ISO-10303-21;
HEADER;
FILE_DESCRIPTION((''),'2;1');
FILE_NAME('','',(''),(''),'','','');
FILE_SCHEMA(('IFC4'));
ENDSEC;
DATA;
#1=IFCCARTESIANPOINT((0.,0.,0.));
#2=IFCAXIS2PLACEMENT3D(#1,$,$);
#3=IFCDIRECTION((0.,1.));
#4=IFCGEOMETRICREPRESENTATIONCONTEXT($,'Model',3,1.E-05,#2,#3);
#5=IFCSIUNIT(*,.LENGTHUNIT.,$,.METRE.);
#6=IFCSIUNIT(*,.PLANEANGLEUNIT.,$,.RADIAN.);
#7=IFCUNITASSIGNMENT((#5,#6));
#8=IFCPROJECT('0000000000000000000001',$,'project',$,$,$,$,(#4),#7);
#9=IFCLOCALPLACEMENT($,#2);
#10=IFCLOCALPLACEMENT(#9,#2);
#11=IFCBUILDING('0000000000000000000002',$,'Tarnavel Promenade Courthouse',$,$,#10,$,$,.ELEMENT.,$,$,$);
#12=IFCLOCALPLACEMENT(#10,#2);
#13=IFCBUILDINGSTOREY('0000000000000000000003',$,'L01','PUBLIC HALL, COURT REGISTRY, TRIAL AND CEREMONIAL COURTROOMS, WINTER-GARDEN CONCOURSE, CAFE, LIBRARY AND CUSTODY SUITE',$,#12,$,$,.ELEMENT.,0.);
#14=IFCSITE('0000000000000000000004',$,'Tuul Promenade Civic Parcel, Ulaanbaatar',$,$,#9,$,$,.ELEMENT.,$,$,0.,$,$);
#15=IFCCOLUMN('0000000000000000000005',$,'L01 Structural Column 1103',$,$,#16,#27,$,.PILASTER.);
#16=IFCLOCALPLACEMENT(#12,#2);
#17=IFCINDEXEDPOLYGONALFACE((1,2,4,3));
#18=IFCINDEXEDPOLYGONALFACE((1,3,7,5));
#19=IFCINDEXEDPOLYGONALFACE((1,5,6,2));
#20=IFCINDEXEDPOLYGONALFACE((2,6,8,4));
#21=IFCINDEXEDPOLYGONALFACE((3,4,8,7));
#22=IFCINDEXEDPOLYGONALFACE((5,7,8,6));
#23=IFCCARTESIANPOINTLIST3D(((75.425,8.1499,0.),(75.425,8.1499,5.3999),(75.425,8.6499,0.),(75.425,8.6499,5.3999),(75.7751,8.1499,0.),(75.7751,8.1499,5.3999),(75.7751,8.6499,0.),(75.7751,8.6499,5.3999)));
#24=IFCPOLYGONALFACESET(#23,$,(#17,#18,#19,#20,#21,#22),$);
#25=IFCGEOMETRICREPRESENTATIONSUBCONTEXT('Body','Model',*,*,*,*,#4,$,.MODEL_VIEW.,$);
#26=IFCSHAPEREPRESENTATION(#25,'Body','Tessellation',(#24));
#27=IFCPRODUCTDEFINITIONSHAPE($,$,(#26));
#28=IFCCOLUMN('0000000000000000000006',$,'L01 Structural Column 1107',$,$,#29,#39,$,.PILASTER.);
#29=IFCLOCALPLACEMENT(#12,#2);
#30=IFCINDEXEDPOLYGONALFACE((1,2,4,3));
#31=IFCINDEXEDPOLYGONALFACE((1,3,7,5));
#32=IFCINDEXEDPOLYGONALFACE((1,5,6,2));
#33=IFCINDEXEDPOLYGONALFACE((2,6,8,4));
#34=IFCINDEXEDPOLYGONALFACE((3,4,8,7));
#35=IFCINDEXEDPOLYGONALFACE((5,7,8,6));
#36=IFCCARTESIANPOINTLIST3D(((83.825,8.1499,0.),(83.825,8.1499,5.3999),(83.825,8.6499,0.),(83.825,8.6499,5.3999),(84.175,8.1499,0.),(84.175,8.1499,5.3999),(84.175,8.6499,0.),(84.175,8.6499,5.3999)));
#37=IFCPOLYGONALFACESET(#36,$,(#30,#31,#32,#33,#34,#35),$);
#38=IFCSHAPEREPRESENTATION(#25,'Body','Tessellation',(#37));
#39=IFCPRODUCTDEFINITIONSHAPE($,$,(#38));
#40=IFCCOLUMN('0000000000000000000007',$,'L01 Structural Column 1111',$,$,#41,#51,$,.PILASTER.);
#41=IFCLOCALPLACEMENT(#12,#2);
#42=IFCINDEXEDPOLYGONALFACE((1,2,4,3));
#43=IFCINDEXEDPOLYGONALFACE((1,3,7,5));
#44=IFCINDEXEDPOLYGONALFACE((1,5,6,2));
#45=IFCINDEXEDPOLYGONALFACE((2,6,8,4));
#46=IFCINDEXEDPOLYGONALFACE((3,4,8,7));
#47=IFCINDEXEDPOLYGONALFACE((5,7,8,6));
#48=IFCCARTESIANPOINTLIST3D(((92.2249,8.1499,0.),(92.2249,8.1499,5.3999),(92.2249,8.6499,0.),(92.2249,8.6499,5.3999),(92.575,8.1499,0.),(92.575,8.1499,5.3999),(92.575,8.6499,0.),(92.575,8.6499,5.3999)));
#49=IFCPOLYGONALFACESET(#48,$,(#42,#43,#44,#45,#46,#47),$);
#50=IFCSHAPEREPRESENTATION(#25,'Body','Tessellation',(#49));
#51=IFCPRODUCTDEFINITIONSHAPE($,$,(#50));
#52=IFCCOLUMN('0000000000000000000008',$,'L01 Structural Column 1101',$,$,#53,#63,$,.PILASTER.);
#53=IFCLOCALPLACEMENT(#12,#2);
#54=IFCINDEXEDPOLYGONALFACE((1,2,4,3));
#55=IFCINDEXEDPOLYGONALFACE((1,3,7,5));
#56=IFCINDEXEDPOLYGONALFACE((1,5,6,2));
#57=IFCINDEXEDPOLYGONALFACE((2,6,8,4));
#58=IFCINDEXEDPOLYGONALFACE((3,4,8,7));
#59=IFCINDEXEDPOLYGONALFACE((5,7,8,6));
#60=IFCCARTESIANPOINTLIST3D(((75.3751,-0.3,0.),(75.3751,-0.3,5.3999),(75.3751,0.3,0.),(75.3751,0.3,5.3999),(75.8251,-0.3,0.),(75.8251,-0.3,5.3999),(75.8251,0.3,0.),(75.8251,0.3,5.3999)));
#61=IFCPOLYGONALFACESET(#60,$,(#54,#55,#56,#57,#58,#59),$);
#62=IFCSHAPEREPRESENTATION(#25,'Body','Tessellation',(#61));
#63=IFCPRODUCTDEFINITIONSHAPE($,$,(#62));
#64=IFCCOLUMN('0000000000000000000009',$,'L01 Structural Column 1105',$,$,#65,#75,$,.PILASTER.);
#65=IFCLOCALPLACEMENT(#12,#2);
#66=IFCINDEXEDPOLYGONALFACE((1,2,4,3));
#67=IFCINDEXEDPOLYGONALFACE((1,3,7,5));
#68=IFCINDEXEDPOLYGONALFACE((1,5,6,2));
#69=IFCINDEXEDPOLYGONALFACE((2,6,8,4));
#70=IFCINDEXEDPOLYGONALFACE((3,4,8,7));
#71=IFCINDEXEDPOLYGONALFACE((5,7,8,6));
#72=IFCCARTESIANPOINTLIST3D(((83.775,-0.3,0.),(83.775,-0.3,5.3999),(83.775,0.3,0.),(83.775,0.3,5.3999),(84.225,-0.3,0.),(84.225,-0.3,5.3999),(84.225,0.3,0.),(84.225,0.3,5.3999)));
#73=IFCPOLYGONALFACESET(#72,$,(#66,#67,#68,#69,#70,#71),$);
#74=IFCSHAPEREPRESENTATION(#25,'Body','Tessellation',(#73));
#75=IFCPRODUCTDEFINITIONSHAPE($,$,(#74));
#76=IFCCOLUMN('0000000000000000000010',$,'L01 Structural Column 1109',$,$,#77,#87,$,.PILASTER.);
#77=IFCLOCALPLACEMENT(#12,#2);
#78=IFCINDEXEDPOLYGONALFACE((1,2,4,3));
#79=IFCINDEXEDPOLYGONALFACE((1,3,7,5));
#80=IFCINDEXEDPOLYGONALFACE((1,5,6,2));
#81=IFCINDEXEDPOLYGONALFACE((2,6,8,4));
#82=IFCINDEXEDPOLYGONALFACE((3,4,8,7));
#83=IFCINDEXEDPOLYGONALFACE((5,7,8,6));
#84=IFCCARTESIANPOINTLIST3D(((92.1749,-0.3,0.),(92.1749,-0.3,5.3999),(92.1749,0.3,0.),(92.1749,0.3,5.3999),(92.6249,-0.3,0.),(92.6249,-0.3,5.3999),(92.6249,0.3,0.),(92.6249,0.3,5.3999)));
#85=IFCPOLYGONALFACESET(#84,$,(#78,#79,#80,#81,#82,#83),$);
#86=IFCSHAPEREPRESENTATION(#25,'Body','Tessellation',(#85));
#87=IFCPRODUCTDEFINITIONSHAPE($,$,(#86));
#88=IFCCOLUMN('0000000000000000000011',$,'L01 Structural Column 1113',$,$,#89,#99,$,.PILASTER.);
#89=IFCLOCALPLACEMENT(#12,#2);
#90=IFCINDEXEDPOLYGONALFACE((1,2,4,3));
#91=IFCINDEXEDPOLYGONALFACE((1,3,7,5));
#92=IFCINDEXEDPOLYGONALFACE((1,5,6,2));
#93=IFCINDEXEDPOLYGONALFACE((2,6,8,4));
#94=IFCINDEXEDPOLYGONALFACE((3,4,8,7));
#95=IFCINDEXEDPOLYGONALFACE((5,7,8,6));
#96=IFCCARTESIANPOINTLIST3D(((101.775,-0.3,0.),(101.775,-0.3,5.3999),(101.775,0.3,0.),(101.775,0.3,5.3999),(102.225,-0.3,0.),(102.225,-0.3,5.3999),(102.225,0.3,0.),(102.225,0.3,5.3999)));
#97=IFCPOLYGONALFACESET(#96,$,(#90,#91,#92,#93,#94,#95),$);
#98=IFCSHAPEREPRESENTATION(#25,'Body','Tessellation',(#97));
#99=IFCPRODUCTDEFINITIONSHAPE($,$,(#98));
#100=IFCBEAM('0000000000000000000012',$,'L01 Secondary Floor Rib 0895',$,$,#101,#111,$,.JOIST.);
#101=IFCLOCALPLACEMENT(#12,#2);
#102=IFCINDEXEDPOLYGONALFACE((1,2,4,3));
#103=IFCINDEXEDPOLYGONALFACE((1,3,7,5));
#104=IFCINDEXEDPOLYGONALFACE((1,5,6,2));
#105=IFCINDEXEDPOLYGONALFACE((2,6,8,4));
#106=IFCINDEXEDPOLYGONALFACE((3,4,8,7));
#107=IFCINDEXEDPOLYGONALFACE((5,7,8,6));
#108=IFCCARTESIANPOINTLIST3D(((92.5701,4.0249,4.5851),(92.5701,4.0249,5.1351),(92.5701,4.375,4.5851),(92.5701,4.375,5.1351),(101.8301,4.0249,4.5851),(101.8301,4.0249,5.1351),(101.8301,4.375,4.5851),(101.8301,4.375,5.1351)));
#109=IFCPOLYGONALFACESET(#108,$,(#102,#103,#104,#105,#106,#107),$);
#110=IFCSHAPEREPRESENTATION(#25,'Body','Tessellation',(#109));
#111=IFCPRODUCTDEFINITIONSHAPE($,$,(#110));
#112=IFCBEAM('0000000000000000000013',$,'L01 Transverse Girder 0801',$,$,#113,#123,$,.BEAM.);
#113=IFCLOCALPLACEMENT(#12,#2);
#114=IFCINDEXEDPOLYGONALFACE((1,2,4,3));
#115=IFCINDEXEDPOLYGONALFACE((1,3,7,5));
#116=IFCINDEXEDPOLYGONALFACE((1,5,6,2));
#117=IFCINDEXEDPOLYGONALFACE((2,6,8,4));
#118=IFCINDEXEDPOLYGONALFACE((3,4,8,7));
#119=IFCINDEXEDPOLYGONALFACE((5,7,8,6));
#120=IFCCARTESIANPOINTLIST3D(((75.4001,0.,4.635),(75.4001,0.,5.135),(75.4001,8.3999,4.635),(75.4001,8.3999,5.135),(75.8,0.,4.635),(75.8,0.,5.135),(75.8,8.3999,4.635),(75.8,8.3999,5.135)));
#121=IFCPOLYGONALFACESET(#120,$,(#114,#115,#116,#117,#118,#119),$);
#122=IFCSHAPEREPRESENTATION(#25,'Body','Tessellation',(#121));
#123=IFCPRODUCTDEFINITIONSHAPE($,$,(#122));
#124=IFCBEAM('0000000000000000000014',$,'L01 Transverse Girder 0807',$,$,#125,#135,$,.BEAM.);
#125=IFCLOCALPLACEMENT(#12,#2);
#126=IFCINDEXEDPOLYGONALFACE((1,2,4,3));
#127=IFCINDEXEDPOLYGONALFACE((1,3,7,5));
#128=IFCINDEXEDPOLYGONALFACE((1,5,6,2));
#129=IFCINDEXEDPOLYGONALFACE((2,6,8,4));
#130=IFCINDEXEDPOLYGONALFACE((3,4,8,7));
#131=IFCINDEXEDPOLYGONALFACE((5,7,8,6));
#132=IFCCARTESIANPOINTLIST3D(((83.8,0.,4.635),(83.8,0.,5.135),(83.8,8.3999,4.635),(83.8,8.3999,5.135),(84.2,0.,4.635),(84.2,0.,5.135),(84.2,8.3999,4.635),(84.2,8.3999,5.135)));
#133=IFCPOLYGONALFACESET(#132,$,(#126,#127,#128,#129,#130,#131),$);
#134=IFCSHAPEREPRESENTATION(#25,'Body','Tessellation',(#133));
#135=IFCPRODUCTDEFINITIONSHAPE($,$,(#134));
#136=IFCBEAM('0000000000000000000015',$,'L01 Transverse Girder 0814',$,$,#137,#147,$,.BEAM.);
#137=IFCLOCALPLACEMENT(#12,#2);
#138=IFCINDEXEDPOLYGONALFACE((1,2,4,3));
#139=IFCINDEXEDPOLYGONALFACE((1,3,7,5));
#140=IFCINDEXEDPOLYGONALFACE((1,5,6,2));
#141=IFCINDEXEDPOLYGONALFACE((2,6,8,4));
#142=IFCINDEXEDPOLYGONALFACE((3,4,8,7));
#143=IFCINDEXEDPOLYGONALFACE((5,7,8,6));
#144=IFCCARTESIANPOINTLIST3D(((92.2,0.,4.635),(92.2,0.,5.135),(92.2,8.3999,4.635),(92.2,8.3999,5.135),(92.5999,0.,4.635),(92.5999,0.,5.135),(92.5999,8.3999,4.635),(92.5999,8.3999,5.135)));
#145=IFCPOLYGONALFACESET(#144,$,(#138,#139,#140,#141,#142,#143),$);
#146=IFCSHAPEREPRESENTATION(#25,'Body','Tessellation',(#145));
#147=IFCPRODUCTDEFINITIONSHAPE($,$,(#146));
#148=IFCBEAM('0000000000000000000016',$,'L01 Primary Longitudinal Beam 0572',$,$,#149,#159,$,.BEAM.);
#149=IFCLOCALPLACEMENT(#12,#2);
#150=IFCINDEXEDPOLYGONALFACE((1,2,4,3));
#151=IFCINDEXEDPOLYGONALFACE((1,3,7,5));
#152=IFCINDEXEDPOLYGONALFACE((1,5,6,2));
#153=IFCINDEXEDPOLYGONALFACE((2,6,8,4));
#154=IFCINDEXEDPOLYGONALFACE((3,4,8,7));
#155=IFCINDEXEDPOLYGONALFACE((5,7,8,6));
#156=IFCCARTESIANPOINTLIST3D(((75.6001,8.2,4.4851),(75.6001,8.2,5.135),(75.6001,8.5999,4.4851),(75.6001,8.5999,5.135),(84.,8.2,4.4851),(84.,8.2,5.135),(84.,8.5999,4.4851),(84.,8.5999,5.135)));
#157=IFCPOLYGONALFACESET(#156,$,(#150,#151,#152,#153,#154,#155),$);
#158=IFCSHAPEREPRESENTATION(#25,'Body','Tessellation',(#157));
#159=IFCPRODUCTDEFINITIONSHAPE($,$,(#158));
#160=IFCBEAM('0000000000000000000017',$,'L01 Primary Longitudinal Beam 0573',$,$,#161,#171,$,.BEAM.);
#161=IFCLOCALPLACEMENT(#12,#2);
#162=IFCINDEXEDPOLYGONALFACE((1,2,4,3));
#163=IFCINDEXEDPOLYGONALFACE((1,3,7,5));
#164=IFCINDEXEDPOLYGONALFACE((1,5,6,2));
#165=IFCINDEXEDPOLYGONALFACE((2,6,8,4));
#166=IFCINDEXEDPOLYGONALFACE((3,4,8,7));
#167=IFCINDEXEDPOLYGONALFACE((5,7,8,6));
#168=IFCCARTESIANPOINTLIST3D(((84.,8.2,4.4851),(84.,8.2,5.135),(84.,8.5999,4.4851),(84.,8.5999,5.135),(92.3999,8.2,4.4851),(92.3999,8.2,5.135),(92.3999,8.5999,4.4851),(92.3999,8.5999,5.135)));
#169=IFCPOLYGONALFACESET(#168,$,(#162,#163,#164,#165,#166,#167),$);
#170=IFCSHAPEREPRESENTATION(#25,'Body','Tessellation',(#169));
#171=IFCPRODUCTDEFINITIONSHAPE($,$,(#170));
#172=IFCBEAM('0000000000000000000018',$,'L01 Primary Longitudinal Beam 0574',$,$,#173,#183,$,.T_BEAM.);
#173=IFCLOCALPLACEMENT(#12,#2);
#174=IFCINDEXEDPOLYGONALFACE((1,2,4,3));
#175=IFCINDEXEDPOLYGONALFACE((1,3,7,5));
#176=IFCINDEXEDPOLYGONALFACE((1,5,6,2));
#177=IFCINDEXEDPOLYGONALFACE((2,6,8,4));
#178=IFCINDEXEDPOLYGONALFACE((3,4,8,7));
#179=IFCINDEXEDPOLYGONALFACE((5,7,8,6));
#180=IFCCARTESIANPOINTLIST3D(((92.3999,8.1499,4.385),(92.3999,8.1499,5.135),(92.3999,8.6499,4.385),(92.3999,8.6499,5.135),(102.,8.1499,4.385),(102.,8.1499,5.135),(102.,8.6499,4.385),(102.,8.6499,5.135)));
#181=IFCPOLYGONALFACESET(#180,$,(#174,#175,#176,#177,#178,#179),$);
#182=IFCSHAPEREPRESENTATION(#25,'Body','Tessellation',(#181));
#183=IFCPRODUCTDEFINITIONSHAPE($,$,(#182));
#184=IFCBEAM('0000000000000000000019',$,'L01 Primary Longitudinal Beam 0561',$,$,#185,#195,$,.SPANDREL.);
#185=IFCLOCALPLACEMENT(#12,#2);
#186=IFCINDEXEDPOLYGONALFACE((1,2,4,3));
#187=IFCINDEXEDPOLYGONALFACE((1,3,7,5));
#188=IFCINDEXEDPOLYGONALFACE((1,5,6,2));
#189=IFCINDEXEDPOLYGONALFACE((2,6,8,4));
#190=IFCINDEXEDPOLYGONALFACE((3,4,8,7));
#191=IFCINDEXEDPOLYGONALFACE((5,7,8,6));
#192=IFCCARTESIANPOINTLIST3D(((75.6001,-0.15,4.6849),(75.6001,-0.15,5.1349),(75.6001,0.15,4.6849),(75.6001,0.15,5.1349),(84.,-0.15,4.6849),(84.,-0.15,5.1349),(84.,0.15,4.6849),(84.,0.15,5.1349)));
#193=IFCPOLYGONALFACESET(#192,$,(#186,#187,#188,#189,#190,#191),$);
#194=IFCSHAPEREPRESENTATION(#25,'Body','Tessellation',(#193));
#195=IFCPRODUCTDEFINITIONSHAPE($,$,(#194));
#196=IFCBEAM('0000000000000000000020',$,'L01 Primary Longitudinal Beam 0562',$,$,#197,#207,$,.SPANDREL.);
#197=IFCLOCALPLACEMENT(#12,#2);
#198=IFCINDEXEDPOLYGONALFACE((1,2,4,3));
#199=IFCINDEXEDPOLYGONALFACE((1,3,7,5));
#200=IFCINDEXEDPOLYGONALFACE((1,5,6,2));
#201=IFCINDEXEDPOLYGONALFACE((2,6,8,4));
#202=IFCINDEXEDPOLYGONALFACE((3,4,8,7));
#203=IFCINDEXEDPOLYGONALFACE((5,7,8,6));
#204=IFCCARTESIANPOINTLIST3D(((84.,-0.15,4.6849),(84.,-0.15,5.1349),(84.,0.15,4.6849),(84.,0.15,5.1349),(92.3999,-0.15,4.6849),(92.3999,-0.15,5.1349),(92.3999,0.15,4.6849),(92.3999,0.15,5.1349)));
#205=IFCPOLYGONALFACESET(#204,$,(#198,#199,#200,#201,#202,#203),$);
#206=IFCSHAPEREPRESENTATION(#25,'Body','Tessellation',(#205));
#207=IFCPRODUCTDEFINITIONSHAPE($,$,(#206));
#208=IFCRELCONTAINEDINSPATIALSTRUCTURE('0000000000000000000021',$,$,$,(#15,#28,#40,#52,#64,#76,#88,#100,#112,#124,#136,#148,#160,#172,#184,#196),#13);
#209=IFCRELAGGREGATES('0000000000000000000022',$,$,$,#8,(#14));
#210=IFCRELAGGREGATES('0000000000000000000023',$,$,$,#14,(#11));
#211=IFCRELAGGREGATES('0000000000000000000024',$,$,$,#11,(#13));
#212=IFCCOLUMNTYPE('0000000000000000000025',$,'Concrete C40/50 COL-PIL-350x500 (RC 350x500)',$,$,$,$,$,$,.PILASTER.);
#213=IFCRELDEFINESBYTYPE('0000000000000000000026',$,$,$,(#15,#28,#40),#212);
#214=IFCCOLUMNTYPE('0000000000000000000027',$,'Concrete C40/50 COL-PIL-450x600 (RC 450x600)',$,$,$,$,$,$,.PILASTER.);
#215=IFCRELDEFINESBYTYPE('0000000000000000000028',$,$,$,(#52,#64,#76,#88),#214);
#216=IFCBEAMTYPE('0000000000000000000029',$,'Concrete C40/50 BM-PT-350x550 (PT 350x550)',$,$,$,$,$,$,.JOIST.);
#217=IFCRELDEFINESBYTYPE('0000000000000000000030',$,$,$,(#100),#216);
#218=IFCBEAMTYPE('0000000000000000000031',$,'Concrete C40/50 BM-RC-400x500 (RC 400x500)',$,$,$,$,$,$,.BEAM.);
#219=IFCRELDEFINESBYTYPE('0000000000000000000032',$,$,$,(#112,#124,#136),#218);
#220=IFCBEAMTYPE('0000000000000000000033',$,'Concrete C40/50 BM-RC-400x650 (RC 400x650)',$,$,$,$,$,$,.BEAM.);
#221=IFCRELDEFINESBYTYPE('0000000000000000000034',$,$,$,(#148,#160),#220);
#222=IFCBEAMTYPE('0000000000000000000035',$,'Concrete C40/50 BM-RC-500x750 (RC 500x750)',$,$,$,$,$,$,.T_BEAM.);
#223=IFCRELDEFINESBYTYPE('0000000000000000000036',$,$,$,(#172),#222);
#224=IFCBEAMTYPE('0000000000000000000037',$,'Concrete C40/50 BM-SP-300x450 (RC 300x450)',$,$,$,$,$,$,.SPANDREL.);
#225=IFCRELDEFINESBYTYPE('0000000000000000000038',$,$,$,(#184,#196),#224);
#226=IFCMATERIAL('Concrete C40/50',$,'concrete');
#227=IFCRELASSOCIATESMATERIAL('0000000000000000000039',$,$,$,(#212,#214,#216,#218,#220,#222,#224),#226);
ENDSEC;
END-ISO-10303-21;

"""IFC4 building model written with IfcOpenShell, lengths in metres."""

from ifc_helpers import new_model, si_unit, direction, frame, origin, origin_2d, place, context, subcontext, project, spatial, rectangle, extrude, material, material_profile, profile_set, type_object, element, save


model = new_model("IFC4")

# Units and contexts
model_context = context("Model", 3, precision=1e-05, world=origin(), true_north=direction((0.0, 1.0)))
body_context = subcontext(model_context, "Body", "Model", "MODEL_VIEW")
ifc_project = project(units=[si_unit("LENGTHUNIT", "METRE"), si_unit("PLANEANGLEUNIT", "RADIAN")], contexts=[model_context])

# Site, building, storey
site_placement = place(None, origin())
site = spatial("IfcSite", under=ifc_project, at=site_placement, Name="Tuul Promenade Civic Parcel, Ulaanbaatar", CompositionType="ELEMENT", RefElevation=0.0)
building_placement = place(site_placement, origin())
building = spatial("IfcBuilding", under=site, at=building_placement, Name="Tarnavel Promenade Courthouse", CompositionType="ELEMENT")
storey_placement = place(building_placement, origin())
storey = spatial("IfcBuildingStorey", under=building, at=storey_placement, Name="L01", Description="PUBLIC HALL, COURT REGISTRY, TRIAL AND CEREMONIAL COURTROOMS, WINTER-GARDEN CONCOURSE, CAFE, LIBRARY AND CUSTODY SUITE", CompositionType="ELEMENT", Elevation=0.0)

# Columns
ifc_material_1 = material(Name="Concrete C40/50", Category="concrete")
ifc_material_profile_1 = material_profile(ifc_material_1, rectangle(XDim=0.3501, YDim=0.5, at=origin_2d()), Name="RC 350x500")
ifc_profile_set_1 = profile_set([ifc_material_profile_1], Name="Concrete C40/50")
column_type_1 = type_object("IfcColumnType", Name="Concrete C40/50 COL-PIL-350x500 (RC 350x500)", PredefinedType="PILASTER", material=ifc_profile_set_1)
for number, where, z_axis, x_axis, name in (
    (1, (75.6001, 8.3999, 0.0), (0.0, 0.0, 1.0), (1.0, 0.0, 0.0), "L01 Structural Column 1103"),
    (2, (84.0, 8.3999, 0.0), (0.0, 0.0, 1.0), (1.0, 0.0, 0.0), "L01 Structural Column 1107"),
    (3, (92.3999, 8.3999, 0.0), (0.0, 0.0, 1.0), (1.0, 0.0, 0.0), "L01 Structural Column 1111"),
):
    element("IfcColumn", number, at=place(storey_placement, frame(where, z_axis=z_axis, x_axis=x_axis)), inside=storey, type_object=column_type_1, Name=name, PredefinedType="PILASTER", context=body_context, shape_type="SweptSolid", body=[
        extrude(rectangle(XDim=0.3501, YDim=0.5, at=origin_2d()), origin(), (0.0, 0.0, 1.0), 5.3999),
    ])
ifc_material_profile_2 = material_profile(ifc_material_1, rectangle(XDim=0.45, YDim=0.6001, at=origin_2d()), Name="RC 450x600")
ifc_profile_set_2 = profile_set([ifc_material_profile_2], Name="Concrete C40/50")
column_type_2 = type_object("IfcColumnType", Name="Concrete C40/50 COL-PIL-450x600 (RC 450x600)", PredefinedType="PILASTER", material=ifc_profile_set_2)
for number, where, z_axis, x_axis, name in (
    (4, (75.6001, 0.0, 0.0), (0.0, 0.0, 1.0), (1.0, 0.0, 0.0), "L01 Structural Column 1101"),
    (5, (84.0, 0.0, 0.0), (0.0, 0.0, 1.0), (1.0, 0.0, 0.0), "L01 Structural Column 1105"),
    (6, (92.3999, 0.0, 0.0), (0.0, 0.0, 1.0), (1.0, 0.0, 0.0), "L01 Structural Column 1109"),
    (7, (102.0, 0.0, 0.0), (0.0, 0.0, 1.0), (1.0, 0.0, 0.0), "L01 Structural Column 1113"),
):
    element("IfcColumn", number, at=place(storey_placement, frame(where, z_axis=z_axis, x_axis=x_axis)), inside=storey, type_object=column_type_2, Name=name, PredefinedType="PILASTER", context=body_context, shape_type="SweptSolid", body=[
        extrude(rectangle(XDim=0.45, YDim=0.6001, at=origin_2d()), origin(), (0.0, 0.0, 1.0), 5.3999),
    ])

# Beams
ifc_material_profile_3 = material_profile(ifc_material_1, rectangle(XDim=0.3501, YDim=0.55, at=origin_2d()), Name="PT 350x550")
ifc_profile_set_3 = profile_set([ifc_material_profile_3], Name="Concrete C40/50")
beam_type_1 = type_object("IfcBeamType", Name="Concrete C40/50 BM-PT-350x550 (PT 350x550)", PredefinedType="JOIST", material=ifc_profile_set_3)
beam_1_placement = place(storey_placement, frame((92.5701, 4.2, 4.8601), z_axis=(1.0, 0.0, 0.0), x_axis=(0.0, 1.0, 0.0)))
element("IfcBeam", 8, at=beam_1_placement, inside=storey, type_object=beam_type_1, Name="L01 Secondary Floor Rib 0895", PredefinedType="JOIST", context=body_context, shape_type="SweptSolid", body=[
    extrude(rectangle(XDim=0.3501, YDim=0.55, at=origin_2d()), origin(), (0.0, 0.0, 1.0), 9.26),
])
ifc_material_profile_4 = material_profile(ifc_material_1, rectangle(XDim=0.3999, YDim=0.5, at=origin_2d()), Name="RC 400x500")
ifc_profile_set_4 = profile_set([ifc_material_profile_4], Name="Concrete C40/50")
beam_type_2 = type_object("IfcBeamType", Name="Concrete C40/50 BM-RC-400x500 (RC 400x500)", PredefinedType="BEAM", material=ifc_profile_set_4)
for number, where, z_axis, x_axis, name in (
    (9, (75.6001, 0.0, 4.885), (0.0, 1.0, 0.0), (-1.0, 0.0, 0.0), "L01 Transverse Girder 0801"),
    (10, (84.0, 0.0, 4.885), (0.0, 1.0, 0.0), (-1.0, 0.0, 0.0), "L01 Transverse Girder 0807"),
    (11, (92.3999, 0.0, 4.885), (0.0, 1.0, 0.0), (-1.0, 0.0, 0.0), "L01 Transverse Girder 0814"),
):
    element("IfcBeam", number, at=place(storey_placement, frame(where, z_axis=z_axis, x_axis=x_axis)), inside=storey, type_object=beam_type_2, Name=name, PredefinedType="BEAM", context=body_context, shape_type="SweptSolid", body=[
        extrude(rectangle(XDim=0.3999, YDim=0.5, at=origin_2d()), origin(), (0.0, 0.0, 1.0), 8.3999),
    ])
ifc_material_profile_5 = material_profile(ifc_material_1, rectangle(XDim=0.3999, YDim=0.6499, at=origin_2d()), Name="RC 400x650")
ifc_profile_set_5 = profile_set([ifc_material_profile_5], Name="Concrete C40/50")
beam_type_3 = type_object("IfcBeamType", Name="Concrete C40/50 BM-RC-400x650 (RC 400x650)", PredefinedType="BEAM", material=ifc_profile_set_5)
for number, where, z_axis, x_axis, name in (
    (12, (75.6001, 8.3999, 4.8101), (1.0, 0.0, 0.0), (0.0, 1.0, 0.0), "L01 Primary Longitudinal Beam 0572"),
    (13, (84.0, 8.3999, 4.8101), (1.0, 0.0, 0.0), (0.0, 1.0, 0.0), "L01 Primary Longitudinal Beam 0573"),
):
    element("IfcBeam", number, at=place(storey_placement, frame(where, z_axis=z_axis, x_axis=x_axis)), inside=storey, type_object=beam_type_3, Name=name, PredefinedType="BEAM", context=body_context, shape_type="SweptSolid", body=[
        extrude(rectangle(XDim=0.3999, YDim=0.6499, at=origin_2d()), origin(), (0.0, 0.0, 1.0), 8.3999),
    ])
ifc_material_profile_6 = material_profile(ifc_material_1, rectangle(XDim=0.5, YDim=0.75, at=origin_2d()), Name="RC 500x750")
ifc_profile_set_6 = profile_set([ifc_material_profile_6], Name="Concrete C40/50")
beam_type_4 = type_object("IfcBeamType", Name="Concrete C40/50 BM-RC-500x750 (RC 500x750)", PredefinedType="T_BEAM", material=ifc_profile_set_6)
beam_2_placement = place(storey_placement, frame((92.3999, 8.3999, 4.76), z_axis=(1.0, 0.0, 0.0), x_axis=(0.0, 1.0, 0.0)))
element("IfcBeam", 14, at=beam_2_placement, inside=storey, type_object=beam_type_4, Name="L01 Primary Longitudinal Beam 0574", PredefinedType="T_BEAM", context=body_context, shape_type="SweptSolid", body=[
    extrude(rectangle(XDim=0.5, YDim=0.75, at=origin_2d()), origin(), (0.0, 0.0, 1.0), 9.6001),
])
ifc_material_profile_7 = material_profile(ifc_material_1, rectangle(XDim=0.3, YDim=0.45, at=origin_2d()), Name="RC 300x450")
ifc_profile_set_7 = profile_set([ifc_material_profile_7], Name="Concrete C40/50")
beam_type_5 = type_object("IfcBeamType", Name="Concrete C40/50 BM-SP-300x450 (RC 300x450)", PredefinedType="SPANDREL", material=ifc_profile_set_7)
for number, where, z_axis, x_axis, name in (
    (15, (75.6001, 0.0, 4.9099), (1.0, 0.0, 0.0), (0.0, 1.0, 0.0), "L01 Primary Longitudinal Beam 0561"),
    (16, (84.0, 0.0, 4.9099), (1.0, 0.0, 0.0), (0.0, 1.0, 0.0), "L01 Primary Longitudinal Beam 0562"),
):
    element("IfcBeam", number, at=place(storey_placement, frame(where, z_axis=z_axis, x_axis=x_axis)), inside=storey, type_object=beam_type_5, Name=name, PredefinedType="SPANDREL", context=body_context, shape_type="SweptSolid", body=[
        extrude(rectangle(XDim=0.3, YDim=0.45, at=origin_2d()), origin(), (0.0, 0.0, 1.0), 8.3999),
    ])

save(model, "model.ifc")
